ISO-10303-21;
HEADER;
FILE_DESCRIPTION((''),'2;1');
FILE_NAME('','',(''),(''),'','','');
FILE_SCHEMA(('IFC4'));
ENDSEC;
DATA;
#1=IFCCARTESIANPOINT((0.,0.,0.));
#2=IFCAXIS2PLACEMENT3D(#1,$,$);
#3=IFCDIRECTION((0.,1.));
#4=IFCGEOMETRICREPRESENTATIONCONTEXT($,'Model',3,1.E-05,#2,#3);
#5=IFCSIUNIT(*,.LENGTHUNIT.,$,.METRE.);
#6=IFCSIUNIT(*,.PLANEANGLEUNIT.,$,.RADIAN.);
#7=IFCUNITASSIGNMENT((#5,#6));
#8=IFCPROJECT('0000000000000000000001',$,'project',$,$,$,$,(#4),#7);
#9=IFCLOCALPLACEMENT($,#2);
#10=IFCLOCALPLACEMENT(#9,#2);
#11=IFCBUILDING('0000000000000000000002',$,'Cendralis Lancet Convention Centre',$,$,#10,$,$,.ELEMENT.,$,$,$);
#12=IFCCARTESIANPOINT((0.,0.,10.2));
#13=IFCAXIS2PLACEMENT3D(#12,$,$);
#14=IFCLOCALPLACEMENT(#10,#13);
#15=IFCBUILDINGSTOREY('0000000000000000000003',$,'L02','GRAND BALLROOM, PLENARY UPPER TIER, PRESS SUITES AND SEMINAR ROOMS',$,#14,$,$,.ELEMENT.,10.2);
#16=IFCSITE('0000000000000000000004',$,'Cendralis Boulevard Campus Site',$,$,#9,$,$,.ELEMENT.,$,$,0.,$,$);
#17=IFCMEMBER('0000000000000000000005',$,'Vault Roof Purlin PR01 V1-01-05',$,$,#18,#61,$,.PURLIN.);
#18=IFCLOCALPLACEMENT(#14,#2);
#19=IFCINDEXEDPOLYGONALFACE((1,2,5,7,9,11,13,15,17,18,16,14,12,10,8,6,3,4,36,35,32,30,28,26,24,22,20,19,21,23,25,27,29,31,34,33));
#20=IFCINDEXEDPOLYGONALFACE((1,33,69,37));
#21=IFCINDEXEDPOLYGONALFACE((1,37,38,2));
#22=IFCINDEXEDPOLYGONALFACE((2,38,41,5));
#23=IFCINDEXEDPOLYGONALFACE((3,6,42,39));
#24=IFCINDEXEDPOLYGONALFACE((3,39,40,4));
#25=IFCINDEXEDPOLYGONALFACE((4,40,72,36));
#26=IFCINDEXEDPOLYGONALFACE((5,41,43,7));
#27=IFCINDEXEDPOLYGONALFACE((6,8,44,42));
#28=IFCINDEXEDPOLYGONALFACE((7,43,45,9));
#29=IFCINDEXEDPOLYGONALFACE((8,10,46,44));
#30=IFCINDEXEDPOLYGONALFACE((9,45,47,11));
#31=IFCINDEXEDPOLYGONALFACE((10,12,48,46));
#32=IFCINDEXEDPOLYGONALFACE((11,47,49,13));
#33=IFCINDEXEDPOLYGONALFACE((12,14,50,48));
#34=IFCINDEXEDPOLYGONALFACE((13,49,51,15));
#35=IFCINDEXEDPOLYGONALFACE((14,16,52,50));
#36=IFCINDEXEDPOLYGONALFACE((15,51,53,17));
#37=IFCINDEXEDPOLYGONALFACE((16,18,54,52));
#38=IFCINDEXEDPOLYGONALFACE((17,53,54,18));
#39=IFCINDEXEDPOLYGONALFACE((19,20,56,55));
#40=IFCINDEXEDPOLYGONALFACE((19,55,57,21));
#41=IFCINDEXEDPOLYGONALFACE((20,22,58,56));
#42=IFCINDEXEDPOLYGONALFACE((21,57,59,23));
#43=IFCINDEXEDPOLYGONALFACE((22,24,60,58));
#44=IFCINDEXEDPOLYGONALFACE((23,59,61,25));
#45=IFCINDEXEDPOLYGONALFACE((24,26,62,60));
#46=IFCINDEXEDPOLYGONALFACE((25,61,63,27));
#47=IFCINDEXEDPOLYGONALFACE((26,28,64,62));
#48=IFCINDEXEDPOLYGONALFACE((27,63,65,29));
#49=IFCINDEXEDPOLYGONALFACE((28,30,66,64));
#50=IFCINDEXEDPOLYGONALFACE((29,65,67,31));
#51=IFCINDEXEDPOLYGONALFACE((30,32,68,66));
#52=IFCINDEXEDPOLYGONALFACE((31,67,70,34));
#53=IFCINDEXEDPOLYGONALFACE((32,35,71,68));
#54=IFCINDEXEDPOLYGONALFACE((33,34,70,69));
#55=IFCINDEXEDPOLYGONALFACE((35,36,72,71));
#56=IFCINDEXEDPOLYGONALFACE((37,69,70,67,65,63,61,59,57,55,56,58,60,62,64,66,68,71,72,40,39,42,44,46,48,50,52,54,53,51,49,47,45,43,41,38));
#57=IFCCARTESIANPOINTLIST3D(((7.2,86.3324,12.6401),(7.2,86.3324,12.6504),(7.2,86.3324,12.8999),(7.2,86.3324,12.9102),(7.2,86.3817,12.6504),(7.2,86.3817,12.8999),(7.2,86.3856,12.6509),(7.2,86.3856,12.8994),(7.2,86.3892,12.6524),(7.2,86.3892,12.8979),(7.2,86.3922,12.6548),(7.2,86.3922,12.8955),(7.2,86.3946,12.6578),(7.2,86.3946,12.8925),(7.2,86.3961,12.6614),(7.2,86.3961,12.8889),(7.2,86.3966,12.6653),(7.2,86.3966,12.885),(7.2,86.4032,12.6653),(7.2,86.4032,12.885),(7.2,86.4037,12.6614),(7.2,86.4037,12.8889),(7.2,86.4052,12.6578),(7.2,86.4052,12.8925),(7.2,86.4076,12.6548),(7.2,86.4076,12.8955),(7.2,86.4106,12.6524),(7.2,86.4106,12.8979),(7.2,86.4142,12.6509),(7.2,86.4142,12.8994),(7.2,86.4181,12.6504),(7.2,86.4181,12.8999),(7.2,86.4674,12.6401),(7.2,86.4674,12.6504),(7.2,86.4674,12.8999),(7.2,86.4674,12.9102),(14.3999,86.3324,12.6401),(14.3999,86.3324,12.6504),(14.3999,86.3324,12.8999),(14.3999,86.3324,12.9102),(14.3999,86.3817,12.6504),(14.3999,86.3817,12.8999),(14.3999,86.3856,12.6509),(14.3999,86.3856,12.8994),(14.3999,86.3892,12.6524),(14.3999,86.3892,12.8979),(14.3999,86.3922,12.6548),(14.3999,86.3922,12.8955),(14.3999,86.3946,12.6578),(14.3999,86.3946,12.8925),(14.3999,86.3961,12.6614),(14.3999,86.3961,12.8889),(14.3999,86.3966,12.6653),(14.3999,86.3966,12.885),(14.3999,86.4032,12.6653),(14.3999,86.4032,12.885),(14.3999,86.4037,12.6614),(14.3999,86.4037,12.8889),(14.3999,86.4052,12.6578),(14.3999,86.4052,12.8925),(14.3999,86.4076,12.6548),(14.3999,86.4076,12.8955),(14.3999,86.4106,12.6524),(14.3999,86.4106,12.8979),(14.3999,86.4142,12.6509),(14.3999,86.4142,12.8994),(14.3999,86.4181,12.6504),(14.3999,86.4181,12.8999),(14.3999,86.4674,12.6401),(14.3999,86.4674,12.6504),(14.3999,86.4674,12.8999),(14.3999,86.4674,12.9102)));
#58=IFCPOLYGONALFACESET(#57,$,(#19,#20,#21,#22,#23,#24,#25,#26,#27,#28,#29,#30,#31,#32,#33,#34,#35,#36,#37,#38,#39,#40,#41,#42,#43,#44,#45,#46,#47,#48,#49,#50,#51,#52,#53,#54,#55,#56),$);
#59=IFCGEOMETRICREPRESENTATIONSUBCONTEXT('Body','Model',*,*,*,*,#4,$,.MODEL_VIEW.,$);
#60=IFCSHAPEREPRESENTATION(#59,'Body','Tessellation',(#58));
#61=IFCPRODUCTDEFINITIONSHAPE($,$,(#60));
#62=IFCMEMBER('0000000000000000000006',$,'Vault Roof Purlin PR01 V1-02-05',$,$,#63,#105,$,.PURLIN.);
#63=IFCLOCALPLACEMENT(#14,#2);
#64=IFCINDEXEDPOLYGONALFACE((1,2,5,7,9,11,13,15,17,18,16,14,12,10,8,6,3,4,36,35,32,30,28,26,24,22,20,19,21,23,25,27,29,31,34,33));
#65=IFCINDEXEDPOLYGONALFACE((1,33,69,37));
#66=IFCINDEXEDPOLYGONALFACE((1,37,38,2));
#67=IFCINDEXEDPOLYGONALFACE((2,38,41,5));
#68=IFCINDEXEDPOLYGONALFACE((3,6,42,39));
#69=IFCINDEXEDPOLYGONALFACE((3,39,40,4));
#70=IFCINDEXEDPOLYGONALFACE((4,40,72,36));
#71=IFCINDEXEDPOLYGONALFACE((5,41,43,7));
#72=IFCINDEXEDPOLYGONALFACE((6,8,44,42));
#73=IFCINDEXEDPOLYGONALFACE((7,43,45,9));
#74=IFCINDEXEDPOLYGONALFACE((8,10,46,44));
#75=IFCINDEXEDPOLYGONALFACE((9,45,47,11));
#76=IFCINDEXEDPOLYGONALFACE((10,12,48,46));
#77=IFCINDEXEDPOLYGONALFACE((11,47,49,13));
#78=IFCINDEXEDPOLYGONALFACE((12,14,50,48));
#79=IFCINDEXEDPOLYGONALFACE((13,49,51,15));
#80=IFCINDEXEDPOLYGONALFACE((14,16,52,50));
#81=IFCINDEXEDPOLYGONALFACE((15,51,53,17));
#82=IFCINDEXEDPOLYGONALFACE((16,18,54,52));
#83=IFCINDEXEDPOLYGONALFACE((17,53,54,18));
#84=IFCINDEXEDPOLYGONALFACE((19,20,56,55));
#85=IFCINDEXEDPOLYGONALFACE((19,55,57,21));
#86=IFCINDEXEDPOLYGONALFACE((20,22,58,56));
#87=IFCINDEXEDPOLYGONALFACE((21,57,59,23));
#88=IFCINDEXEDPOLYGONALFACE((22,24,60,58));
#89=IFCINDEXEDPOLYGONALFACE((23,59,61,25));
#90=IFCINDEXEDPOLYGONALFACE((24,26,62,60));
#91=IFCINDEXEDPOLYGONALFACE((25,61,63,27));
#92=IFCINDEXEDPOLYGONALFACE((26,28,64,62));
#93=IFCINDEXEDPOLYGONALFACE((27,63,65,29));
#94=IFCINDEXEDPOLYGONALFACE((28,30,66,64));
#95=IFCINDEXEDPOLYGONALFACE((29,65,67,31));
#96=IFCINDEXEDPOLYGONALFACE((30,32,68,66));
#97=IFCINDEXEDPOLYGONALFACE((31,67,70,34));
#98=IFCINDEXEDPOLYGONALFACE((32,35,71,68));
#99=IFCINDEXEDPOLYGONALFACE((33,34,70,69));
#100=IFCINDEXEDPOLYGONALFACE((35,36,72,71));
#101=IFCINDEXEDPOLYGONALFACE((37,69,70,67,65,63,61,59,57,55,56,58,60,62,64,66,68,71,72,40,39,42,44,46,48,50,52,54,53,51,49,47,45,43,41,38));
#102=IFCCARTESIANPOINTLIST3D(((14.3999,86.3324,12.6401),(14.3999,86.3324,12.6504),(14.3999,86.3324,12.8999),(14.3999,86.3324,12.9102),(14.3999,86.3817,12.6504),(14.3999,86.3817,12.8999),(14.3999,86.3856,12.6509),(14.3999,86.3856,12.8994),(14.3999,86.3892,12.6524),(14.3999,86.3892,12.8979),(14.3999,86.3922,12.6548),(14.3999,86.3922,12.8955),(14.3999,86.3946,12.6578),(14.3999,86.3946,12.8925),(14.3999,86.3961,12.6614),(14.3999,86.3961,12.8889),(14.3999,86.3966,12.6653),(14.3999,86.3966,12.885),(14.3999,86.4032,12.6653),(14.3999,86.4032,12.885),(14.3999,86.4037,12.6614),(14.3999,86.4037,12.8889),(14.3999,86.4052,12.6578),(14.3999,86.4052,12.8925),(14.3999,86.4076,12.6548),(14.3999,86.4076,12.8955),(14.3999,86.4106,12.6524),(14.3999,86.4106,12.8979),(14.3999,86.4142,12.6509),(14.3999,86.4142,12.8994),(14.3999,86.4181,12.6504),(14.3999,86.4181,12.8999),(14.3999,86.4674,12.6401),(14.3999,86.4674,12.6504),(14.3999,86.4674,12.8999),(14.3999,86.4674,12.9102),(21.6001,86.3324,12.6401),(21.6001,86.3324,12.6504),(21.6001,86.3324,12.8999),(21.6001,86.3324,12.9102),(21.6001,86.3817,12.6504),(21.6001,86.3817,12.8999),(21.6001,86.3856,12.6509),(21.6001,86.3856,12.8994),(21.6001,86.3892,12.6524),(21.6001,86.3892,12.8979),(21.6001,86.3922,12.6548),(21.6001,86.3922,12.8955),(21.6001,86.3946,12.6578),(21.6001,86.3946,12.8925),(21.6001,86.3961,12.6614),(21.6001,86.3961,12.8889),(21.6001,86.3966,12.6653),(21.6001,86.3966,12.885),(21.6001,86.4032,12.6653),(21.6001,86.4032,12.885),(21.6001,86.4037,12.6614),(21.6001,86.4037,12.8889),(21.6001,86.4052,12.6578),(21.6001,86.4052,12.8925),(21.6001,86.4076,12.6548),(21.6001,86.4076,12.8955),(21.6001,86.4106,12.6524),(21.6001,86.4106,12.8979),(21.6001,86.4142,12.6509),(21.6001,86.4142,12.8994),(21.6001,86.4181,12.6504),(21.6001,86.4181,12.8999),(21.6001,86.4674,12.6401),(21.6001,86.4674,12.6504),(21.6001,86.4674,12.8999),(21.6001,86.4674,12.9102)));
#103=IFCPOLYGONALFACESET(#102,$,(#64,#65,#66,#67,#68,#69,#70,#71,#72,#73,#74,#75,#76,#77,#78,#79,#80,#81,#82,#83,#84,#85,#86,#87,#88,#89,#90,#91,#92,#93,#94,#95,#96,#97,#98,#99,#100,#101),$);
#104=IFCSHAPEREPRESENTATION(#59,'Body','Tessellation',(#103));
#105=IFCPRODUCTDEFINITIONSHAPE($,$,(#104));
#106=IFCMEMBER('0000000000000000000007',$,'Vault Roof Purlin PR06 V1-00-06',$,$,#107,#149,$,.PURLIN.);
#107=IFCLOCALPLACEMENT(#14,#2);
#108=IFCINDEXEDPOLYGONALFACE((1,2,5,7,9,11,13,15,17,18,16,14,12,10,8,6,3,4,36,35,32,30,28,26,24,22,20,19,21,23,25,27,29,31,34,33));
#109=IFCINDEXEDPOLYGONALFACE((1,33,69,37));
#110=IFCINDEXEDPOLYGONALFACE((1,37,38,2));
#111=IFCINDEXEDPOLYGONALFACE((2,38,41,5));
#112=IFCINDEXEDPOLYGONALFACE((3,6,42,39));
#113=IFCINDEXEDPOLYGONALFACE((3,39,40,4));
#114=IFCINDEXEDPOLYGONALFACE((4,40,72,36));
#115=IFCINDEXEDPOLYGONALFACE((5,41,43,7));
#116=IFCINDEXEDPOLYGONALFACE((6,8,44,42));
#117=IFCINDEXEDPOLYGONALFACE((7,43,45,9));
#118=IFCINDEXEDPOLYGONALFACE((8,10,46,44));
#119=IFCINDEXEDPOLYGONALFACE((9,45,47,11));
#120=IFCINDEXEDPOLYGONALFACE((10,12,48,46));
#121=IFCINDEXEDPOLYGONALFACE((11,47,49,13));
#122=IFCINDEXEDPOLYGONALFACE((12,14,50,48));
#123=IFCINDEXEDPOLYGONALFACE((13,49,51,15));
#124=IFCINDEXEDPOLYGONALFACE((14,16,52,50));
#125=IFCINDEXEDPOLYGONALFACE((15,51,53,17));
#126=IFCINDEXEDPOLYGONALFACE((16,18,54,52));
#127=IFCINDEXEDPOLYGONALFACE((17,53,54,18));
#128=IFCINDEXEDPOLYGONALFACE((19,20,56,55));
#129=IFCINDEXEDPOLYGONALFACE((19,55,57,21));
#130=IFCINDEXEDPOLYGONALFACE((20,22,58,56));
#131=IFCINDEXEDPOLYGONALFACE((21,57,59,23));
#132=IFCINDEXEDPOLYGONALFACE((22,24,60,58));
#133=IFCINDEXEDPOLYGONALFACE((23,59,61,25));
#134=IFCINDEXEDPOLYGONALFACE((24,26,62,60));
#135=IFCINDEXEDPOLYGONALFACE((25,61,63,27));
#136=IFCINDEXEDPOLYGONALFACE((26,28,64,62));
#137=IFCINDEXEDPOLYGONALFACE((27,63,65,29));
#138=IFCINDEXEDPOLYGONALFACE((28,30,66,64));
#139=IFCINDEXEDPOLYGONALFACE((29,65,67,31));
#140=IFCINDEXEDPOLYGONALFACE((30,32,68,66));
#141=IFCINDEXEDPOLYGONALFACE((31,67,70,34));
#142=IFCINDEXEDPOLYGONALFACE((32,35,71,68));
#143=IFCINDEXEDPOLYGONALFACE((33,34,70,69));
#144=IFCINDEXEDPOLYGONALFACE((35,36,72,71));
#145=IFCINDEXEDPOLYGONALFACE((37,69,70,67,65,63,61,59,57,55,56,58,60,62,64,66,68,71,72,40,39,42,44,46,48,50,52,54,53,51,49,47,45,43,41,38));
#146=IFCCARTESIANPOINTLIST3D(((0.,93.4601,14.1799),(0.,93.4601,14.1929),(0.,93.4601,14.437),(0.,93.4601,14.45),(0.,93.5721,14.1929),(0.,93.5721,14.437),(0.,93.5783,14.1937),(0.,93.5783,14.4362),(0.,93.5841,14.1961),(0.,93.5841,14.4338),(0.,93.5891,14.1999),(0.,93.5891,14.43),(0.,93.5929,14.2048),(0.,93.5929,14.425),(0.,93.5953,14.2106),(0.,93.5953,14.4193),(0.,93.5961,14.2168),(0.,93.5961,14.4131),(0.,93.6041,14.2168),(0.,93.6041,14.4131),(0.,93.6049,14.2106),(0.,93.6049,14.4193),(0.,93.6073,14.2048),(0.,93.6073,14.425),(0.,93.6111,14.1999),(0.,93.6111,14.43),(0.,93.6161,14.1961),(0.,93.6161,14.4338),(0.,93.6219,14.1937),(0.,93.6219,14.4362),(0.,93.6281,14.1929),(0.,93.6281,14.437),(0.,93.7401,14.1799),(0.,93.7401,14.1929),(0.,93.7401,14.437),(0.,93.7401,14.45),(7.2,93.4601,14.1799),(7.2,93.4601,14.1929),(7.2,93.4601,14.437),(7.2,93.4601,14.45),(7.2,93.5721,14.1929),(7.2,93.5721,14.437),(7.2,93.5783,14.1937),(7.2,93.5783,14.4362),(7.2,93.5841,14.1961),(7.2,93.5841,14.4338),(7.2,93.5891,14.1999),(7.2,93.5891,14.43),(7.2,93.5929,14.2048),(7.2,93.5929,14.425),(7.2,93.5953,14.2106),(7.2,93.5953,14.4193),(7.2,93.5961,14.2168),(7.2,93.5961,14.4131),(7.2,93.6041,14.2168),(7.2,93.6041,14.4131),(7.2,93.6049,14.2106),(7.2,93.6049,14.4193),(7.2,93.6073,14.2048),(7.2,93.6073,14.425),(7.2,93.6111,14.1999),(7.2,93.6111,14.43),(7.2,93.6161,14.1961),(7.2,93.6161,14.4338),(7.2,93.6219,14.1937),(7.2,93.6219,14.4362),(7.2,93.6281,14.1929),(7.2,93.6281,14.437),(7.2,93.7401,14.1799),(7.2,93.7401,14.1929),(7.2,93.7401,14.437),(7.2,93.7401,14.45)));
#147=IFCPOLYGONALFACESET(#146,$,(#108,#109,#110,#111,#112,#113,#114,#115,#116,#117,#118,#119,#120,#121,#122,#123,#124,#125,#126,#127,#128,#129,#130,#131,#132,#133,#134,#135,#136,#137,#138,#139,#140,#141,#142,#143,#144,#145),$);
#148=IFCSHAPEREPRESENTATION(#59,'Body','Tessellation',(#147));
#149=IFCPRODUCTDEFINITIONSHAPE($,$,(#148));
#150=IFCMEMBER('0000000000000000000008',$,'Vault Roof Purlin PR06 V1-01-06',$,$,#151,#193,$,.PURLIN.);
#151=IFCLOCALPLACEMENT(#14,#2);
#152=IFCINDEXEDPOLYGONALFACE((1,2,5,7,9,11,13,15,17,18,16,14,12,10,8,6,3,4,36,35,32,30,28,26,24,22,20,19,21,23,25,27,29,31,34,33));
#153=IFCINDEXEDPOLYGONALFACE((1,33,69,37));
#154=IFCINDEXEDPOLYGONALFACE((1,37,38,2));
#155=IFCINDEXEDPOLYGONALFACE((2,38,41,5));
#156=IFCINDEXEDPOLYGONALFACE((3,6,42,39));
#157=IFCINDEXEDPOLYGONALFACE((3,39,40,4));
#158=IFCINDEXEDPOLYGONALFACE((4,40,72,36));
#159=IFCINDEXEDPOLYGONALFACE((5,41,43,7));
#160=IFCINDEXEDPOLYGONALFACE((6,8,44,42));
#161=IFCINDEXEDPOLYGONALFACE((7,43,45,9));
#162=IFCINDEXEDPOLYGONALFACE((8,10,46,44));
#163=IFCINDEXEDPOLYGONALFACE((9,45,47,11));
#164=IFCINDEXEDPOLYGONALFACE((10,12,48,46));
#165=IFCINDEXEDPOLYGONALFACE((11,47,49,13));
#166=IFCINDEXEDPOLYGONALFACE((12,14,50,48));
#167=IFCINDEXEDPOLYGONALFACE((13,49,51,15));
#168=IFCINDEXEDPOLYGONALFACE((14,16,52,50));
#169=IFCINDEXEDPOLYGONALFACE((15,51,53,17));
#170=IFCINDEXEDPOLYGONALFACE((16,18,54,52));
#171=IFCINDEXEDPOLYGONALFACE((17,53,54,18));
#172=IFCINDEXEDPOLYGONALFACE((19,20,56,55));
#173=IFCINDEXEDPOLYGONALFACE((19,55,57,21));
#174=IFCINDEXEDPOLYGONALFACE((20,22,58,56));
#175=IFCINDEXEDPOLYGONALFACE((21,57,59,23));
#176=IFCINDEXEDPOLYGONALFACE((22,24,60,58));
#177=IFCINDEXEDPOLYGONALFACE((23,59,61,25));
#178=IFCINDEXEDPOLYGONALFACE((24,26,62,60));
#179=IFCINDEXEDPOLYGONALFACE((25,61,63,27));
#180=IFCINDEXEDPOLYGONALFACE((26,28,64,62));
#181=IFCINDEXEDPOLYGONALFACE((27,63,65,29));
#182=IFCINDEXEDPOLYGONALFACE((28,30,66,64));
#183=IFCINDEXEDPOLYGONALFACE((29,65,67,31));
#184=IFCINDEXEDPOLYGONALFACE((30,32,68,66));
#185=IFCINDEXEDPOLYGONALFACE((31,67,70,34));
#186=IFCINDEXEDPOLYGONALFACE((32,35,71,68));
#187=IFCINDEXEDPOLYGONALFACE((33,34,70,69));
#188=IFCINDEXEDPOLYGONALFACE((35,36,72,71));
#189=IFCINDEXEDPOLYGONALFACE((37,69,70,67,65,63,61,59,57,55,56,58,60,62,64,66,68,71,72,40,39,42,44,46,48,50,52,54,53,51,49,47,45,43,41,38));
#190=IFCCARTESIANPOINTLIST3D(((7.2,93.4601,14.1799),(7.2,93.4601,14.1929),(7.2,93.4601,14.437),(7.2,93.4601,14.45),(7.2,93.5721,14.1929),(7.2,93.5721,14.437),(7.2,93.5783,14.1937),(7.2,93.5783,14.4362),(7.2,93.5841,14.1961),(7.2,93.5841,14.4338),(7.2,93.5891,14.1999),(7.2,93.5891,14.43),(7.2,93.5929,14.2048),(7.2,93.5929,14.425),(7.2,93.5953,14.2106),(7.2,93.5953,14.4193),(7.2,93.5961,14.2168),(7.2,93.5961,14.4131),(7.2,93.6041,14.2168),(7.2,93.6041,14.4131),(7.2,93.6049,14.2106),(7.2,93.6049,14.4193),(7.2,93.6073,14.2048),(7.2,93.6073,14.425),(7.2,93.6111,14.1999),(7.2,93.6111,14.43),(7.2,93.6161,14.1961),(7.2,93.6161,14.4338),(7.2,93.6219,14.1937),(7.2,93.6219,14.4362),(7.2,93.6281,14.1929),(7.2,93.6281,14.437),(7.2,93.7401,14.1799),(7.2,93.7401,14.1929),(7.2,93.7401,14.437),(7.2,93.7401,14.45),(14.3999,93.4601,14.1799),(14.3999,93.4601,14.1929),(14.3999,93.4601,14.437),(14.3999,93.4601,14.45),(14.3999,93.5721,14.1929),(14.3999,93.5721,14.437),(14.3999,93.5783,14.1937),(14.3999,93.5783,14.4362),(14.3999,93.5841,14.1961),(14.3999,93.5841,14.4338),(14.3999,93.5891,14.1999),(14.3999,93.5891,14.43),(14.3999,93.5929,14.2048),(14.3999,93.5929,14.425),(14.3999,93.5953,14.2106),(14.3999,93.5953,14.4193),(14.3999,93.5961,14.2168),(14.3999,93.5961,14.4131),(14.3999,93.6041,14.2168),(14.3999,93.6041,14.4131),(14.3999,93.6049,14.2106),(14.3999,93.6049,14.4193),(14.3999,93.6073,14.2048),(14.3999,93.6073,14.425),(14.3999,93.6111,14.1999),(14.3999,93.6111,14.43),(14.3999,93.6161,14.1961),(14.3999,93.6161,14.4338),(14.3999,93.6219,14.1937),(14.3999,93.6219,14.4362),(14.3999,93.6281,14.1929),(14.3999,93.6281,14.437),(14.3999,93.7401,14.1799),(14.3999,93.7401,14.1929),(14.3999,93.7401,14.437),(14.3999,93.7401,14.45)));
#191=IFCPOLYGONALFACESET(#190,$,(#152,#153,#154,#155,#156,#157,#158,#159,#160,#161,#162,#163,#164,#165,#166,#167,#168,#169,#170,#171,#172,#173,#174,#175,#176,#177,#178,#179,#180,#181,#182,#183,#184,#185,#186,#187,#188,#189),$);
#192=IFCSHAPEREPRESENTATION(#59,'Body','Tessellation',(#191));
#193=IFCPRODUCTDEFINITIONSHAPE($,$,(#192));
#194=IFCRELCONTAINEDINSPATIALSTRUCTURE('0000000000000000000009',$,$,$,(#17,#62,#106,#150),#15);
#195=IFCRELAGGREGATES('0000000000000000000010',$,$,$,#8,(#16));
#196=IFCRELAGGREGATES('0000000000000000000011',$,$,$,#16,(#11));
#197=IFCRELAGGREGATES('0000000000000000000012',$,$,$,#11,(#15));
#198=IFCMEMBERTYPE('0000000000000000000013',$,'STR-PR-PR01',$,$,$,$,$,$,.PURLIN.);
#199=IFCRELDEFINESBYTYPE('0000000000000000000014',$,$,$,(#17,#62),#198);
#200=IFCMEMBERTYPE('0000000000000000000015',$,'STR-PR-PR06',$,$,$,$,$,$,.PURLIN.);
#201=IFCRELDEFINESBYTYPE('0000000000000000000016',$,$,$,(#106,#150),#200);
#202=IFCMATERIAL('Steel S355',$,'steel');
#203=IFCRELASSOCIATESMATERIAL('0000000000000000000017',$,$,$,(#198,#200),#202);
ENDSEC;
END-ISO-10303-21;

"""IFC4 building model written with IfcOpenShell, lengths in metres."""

from ifc_helpers import new_model, si_unit, direction, frame, origin, origin_2d, place, context, subcontext, project, spatial, i_section, extrude, material, material_profile, profile_set, type_object, element, save


model = new_model("IFC4")

# Units and contexts
model_context = context("Model", 3, precision=1e-05, world=origin(), true_north=direction((0.0, 1.0)))
body_context = subcontext(model_context, "Body", "Model", "MODEL_VIEW")
ifc_project = project(units=[si_unit("LENGTHUNIT", "METRE"), si_unit("PLANEANGLEUNIT", "RADIAN")], contexts=[model_context])

# Site, building, storey
site_placement = place(None, origin())
site = spatial("IfcSite", under=ifc_project, at=site_placement, Name="Cendralis Boulevard Campus Site", CompositionType="ELEMENT", RefElevation=0.0)
building_placement = place(site_placement, origin())
building = spatial("IfcBuilding", under=site, at=building_placement, Name="Cendralis Lancet Convention Centre", CompositionType="ELEMENT")
storey_placement = place(building_placement, frame((0.0, 0.0, 10.2)))
storey = spatial("IfcBuildingStorey", under=building, at=storey_placement, Name="L02", Description="GRAND BALLROOM, PLENARY UPPER TIER, PRESS SUITES AND SEMINAR ROOMS", CompositionType="ELEMENT", Elevation=10.2)

# Members
ifc_material = material(Name="Steel S355", Category="steel")
ifc_material_profile_1 = material_profile(ifc_material, i_section(OverallWidth=0.135, OverallDepth=0.27, WebThickness=0.0066, FlangeThickness=0.0103, FilletRadius=0.0149, at=origin_2d()), Name="IPE 270")
ifc_profile_set_1 = profile_set([ifc_material_profile_1], Name="Steel S355")
member_type_1 = type_object("IfcMemberType", Name="STR-PR-PR01", PredefinedType="PURLIN", material=ifc_profile_set_1)
member_1_placement = place(storey_placement, frame((7.2, 86.3999, 12.7751), z_axis=(1.0, 0.0, 0.0), x_axis=(0.0, 1.0, 0.0)))
element("IfcMember", 1, at=member_1_placement, inside=storey, type_object=member_type_1, Name="Vault Roof Purlin PR01 V1-01-05", PredefinedType="PURLIN", context=body_context, shape_type="SweptSolid", body=[
    extrude(i_section(OverallWidth=0.135, OverallDepth=0.27, WebThickness=0.0066, FlangeThickness=0.0103, FilletRadius=0.0149, at=origin_2d()), origin(), (0.0, 0.0, 1.0), 7.2),
])
member_2_placement = place(storey_placement, frame((14.3999, 86.3999, 12.7751), z_axis=(1.0, 0.0, 0.0), x_axis=(0.0, 1.0, 0.0)))
element("IfcMember", 2, at=member_2_placement, inside=storey, type_object=member_type_1, Name="Vault Roof Purlin PR01 V1-02-05", PredefinedType="PURLIN", context=body_context, shape_type="SweptSolid", body=[
    extrude(i_section(OverallWidth=0.135, OverallDepth=0.27, WebThickness=0.0066, FlangeThickness=0.0103, FilletRadius=0.0149, at=origin_2d()), origin(), (0.0, 0.0, 1.0), 7.2002),
])
ifc_material_profile_2 = material_profile(ifc_material, i_section(OverallWidth=0.28, OverallDepth=0.27, WebThickness=0.0081, FlangeThickness=0.0129, FilletRadius=0.0239, at=origin_2d()), Name="HEA 280")
ifc_profile_set_2 = profile_set([ifc_material_profile_2], Name="Steel S355")
member_type_2 = type_object("IfcMemberType", Name="STR-PR-PR06", PredefinedType="PURLIN", material=ifc_profile_set_2)
for number, where, z_axis, x_axis, name in (
    (3, (0.0, 93.6001, 14.3149), (1.0, 0.0, 0.0), (0.0, 1.0, 0.0), "Vault Roof Purlin PR06 V1-00-06"),
    (4, (7.2, 93.6001, 14.3149), (1.0, 0.0, 0.0), (0.0, 1.0, 0.0), "Vault Roof Purlin PR06 V1-01-06"),
):
    element("IfcMember", number, at=place(storey_placement, frame(where, z_axis=z_axis, x_axis=x_axis)), inside=storey, type_object=member_type_2, Name=name, PredefinedType="PURLIN", context=body_context, shape_type="SweptSolid", body=[
        extrude(i_section(OverallWidth=0.28, OverallDepth=0.27, WebThickness=0.0081, FlangeThickness=0.0129, FilletRadius=0.0239, at=origin_2d()), origin(), (0.0, 0.0, 1.0), 7.2),
    ])

save(model, "model.ifc")
